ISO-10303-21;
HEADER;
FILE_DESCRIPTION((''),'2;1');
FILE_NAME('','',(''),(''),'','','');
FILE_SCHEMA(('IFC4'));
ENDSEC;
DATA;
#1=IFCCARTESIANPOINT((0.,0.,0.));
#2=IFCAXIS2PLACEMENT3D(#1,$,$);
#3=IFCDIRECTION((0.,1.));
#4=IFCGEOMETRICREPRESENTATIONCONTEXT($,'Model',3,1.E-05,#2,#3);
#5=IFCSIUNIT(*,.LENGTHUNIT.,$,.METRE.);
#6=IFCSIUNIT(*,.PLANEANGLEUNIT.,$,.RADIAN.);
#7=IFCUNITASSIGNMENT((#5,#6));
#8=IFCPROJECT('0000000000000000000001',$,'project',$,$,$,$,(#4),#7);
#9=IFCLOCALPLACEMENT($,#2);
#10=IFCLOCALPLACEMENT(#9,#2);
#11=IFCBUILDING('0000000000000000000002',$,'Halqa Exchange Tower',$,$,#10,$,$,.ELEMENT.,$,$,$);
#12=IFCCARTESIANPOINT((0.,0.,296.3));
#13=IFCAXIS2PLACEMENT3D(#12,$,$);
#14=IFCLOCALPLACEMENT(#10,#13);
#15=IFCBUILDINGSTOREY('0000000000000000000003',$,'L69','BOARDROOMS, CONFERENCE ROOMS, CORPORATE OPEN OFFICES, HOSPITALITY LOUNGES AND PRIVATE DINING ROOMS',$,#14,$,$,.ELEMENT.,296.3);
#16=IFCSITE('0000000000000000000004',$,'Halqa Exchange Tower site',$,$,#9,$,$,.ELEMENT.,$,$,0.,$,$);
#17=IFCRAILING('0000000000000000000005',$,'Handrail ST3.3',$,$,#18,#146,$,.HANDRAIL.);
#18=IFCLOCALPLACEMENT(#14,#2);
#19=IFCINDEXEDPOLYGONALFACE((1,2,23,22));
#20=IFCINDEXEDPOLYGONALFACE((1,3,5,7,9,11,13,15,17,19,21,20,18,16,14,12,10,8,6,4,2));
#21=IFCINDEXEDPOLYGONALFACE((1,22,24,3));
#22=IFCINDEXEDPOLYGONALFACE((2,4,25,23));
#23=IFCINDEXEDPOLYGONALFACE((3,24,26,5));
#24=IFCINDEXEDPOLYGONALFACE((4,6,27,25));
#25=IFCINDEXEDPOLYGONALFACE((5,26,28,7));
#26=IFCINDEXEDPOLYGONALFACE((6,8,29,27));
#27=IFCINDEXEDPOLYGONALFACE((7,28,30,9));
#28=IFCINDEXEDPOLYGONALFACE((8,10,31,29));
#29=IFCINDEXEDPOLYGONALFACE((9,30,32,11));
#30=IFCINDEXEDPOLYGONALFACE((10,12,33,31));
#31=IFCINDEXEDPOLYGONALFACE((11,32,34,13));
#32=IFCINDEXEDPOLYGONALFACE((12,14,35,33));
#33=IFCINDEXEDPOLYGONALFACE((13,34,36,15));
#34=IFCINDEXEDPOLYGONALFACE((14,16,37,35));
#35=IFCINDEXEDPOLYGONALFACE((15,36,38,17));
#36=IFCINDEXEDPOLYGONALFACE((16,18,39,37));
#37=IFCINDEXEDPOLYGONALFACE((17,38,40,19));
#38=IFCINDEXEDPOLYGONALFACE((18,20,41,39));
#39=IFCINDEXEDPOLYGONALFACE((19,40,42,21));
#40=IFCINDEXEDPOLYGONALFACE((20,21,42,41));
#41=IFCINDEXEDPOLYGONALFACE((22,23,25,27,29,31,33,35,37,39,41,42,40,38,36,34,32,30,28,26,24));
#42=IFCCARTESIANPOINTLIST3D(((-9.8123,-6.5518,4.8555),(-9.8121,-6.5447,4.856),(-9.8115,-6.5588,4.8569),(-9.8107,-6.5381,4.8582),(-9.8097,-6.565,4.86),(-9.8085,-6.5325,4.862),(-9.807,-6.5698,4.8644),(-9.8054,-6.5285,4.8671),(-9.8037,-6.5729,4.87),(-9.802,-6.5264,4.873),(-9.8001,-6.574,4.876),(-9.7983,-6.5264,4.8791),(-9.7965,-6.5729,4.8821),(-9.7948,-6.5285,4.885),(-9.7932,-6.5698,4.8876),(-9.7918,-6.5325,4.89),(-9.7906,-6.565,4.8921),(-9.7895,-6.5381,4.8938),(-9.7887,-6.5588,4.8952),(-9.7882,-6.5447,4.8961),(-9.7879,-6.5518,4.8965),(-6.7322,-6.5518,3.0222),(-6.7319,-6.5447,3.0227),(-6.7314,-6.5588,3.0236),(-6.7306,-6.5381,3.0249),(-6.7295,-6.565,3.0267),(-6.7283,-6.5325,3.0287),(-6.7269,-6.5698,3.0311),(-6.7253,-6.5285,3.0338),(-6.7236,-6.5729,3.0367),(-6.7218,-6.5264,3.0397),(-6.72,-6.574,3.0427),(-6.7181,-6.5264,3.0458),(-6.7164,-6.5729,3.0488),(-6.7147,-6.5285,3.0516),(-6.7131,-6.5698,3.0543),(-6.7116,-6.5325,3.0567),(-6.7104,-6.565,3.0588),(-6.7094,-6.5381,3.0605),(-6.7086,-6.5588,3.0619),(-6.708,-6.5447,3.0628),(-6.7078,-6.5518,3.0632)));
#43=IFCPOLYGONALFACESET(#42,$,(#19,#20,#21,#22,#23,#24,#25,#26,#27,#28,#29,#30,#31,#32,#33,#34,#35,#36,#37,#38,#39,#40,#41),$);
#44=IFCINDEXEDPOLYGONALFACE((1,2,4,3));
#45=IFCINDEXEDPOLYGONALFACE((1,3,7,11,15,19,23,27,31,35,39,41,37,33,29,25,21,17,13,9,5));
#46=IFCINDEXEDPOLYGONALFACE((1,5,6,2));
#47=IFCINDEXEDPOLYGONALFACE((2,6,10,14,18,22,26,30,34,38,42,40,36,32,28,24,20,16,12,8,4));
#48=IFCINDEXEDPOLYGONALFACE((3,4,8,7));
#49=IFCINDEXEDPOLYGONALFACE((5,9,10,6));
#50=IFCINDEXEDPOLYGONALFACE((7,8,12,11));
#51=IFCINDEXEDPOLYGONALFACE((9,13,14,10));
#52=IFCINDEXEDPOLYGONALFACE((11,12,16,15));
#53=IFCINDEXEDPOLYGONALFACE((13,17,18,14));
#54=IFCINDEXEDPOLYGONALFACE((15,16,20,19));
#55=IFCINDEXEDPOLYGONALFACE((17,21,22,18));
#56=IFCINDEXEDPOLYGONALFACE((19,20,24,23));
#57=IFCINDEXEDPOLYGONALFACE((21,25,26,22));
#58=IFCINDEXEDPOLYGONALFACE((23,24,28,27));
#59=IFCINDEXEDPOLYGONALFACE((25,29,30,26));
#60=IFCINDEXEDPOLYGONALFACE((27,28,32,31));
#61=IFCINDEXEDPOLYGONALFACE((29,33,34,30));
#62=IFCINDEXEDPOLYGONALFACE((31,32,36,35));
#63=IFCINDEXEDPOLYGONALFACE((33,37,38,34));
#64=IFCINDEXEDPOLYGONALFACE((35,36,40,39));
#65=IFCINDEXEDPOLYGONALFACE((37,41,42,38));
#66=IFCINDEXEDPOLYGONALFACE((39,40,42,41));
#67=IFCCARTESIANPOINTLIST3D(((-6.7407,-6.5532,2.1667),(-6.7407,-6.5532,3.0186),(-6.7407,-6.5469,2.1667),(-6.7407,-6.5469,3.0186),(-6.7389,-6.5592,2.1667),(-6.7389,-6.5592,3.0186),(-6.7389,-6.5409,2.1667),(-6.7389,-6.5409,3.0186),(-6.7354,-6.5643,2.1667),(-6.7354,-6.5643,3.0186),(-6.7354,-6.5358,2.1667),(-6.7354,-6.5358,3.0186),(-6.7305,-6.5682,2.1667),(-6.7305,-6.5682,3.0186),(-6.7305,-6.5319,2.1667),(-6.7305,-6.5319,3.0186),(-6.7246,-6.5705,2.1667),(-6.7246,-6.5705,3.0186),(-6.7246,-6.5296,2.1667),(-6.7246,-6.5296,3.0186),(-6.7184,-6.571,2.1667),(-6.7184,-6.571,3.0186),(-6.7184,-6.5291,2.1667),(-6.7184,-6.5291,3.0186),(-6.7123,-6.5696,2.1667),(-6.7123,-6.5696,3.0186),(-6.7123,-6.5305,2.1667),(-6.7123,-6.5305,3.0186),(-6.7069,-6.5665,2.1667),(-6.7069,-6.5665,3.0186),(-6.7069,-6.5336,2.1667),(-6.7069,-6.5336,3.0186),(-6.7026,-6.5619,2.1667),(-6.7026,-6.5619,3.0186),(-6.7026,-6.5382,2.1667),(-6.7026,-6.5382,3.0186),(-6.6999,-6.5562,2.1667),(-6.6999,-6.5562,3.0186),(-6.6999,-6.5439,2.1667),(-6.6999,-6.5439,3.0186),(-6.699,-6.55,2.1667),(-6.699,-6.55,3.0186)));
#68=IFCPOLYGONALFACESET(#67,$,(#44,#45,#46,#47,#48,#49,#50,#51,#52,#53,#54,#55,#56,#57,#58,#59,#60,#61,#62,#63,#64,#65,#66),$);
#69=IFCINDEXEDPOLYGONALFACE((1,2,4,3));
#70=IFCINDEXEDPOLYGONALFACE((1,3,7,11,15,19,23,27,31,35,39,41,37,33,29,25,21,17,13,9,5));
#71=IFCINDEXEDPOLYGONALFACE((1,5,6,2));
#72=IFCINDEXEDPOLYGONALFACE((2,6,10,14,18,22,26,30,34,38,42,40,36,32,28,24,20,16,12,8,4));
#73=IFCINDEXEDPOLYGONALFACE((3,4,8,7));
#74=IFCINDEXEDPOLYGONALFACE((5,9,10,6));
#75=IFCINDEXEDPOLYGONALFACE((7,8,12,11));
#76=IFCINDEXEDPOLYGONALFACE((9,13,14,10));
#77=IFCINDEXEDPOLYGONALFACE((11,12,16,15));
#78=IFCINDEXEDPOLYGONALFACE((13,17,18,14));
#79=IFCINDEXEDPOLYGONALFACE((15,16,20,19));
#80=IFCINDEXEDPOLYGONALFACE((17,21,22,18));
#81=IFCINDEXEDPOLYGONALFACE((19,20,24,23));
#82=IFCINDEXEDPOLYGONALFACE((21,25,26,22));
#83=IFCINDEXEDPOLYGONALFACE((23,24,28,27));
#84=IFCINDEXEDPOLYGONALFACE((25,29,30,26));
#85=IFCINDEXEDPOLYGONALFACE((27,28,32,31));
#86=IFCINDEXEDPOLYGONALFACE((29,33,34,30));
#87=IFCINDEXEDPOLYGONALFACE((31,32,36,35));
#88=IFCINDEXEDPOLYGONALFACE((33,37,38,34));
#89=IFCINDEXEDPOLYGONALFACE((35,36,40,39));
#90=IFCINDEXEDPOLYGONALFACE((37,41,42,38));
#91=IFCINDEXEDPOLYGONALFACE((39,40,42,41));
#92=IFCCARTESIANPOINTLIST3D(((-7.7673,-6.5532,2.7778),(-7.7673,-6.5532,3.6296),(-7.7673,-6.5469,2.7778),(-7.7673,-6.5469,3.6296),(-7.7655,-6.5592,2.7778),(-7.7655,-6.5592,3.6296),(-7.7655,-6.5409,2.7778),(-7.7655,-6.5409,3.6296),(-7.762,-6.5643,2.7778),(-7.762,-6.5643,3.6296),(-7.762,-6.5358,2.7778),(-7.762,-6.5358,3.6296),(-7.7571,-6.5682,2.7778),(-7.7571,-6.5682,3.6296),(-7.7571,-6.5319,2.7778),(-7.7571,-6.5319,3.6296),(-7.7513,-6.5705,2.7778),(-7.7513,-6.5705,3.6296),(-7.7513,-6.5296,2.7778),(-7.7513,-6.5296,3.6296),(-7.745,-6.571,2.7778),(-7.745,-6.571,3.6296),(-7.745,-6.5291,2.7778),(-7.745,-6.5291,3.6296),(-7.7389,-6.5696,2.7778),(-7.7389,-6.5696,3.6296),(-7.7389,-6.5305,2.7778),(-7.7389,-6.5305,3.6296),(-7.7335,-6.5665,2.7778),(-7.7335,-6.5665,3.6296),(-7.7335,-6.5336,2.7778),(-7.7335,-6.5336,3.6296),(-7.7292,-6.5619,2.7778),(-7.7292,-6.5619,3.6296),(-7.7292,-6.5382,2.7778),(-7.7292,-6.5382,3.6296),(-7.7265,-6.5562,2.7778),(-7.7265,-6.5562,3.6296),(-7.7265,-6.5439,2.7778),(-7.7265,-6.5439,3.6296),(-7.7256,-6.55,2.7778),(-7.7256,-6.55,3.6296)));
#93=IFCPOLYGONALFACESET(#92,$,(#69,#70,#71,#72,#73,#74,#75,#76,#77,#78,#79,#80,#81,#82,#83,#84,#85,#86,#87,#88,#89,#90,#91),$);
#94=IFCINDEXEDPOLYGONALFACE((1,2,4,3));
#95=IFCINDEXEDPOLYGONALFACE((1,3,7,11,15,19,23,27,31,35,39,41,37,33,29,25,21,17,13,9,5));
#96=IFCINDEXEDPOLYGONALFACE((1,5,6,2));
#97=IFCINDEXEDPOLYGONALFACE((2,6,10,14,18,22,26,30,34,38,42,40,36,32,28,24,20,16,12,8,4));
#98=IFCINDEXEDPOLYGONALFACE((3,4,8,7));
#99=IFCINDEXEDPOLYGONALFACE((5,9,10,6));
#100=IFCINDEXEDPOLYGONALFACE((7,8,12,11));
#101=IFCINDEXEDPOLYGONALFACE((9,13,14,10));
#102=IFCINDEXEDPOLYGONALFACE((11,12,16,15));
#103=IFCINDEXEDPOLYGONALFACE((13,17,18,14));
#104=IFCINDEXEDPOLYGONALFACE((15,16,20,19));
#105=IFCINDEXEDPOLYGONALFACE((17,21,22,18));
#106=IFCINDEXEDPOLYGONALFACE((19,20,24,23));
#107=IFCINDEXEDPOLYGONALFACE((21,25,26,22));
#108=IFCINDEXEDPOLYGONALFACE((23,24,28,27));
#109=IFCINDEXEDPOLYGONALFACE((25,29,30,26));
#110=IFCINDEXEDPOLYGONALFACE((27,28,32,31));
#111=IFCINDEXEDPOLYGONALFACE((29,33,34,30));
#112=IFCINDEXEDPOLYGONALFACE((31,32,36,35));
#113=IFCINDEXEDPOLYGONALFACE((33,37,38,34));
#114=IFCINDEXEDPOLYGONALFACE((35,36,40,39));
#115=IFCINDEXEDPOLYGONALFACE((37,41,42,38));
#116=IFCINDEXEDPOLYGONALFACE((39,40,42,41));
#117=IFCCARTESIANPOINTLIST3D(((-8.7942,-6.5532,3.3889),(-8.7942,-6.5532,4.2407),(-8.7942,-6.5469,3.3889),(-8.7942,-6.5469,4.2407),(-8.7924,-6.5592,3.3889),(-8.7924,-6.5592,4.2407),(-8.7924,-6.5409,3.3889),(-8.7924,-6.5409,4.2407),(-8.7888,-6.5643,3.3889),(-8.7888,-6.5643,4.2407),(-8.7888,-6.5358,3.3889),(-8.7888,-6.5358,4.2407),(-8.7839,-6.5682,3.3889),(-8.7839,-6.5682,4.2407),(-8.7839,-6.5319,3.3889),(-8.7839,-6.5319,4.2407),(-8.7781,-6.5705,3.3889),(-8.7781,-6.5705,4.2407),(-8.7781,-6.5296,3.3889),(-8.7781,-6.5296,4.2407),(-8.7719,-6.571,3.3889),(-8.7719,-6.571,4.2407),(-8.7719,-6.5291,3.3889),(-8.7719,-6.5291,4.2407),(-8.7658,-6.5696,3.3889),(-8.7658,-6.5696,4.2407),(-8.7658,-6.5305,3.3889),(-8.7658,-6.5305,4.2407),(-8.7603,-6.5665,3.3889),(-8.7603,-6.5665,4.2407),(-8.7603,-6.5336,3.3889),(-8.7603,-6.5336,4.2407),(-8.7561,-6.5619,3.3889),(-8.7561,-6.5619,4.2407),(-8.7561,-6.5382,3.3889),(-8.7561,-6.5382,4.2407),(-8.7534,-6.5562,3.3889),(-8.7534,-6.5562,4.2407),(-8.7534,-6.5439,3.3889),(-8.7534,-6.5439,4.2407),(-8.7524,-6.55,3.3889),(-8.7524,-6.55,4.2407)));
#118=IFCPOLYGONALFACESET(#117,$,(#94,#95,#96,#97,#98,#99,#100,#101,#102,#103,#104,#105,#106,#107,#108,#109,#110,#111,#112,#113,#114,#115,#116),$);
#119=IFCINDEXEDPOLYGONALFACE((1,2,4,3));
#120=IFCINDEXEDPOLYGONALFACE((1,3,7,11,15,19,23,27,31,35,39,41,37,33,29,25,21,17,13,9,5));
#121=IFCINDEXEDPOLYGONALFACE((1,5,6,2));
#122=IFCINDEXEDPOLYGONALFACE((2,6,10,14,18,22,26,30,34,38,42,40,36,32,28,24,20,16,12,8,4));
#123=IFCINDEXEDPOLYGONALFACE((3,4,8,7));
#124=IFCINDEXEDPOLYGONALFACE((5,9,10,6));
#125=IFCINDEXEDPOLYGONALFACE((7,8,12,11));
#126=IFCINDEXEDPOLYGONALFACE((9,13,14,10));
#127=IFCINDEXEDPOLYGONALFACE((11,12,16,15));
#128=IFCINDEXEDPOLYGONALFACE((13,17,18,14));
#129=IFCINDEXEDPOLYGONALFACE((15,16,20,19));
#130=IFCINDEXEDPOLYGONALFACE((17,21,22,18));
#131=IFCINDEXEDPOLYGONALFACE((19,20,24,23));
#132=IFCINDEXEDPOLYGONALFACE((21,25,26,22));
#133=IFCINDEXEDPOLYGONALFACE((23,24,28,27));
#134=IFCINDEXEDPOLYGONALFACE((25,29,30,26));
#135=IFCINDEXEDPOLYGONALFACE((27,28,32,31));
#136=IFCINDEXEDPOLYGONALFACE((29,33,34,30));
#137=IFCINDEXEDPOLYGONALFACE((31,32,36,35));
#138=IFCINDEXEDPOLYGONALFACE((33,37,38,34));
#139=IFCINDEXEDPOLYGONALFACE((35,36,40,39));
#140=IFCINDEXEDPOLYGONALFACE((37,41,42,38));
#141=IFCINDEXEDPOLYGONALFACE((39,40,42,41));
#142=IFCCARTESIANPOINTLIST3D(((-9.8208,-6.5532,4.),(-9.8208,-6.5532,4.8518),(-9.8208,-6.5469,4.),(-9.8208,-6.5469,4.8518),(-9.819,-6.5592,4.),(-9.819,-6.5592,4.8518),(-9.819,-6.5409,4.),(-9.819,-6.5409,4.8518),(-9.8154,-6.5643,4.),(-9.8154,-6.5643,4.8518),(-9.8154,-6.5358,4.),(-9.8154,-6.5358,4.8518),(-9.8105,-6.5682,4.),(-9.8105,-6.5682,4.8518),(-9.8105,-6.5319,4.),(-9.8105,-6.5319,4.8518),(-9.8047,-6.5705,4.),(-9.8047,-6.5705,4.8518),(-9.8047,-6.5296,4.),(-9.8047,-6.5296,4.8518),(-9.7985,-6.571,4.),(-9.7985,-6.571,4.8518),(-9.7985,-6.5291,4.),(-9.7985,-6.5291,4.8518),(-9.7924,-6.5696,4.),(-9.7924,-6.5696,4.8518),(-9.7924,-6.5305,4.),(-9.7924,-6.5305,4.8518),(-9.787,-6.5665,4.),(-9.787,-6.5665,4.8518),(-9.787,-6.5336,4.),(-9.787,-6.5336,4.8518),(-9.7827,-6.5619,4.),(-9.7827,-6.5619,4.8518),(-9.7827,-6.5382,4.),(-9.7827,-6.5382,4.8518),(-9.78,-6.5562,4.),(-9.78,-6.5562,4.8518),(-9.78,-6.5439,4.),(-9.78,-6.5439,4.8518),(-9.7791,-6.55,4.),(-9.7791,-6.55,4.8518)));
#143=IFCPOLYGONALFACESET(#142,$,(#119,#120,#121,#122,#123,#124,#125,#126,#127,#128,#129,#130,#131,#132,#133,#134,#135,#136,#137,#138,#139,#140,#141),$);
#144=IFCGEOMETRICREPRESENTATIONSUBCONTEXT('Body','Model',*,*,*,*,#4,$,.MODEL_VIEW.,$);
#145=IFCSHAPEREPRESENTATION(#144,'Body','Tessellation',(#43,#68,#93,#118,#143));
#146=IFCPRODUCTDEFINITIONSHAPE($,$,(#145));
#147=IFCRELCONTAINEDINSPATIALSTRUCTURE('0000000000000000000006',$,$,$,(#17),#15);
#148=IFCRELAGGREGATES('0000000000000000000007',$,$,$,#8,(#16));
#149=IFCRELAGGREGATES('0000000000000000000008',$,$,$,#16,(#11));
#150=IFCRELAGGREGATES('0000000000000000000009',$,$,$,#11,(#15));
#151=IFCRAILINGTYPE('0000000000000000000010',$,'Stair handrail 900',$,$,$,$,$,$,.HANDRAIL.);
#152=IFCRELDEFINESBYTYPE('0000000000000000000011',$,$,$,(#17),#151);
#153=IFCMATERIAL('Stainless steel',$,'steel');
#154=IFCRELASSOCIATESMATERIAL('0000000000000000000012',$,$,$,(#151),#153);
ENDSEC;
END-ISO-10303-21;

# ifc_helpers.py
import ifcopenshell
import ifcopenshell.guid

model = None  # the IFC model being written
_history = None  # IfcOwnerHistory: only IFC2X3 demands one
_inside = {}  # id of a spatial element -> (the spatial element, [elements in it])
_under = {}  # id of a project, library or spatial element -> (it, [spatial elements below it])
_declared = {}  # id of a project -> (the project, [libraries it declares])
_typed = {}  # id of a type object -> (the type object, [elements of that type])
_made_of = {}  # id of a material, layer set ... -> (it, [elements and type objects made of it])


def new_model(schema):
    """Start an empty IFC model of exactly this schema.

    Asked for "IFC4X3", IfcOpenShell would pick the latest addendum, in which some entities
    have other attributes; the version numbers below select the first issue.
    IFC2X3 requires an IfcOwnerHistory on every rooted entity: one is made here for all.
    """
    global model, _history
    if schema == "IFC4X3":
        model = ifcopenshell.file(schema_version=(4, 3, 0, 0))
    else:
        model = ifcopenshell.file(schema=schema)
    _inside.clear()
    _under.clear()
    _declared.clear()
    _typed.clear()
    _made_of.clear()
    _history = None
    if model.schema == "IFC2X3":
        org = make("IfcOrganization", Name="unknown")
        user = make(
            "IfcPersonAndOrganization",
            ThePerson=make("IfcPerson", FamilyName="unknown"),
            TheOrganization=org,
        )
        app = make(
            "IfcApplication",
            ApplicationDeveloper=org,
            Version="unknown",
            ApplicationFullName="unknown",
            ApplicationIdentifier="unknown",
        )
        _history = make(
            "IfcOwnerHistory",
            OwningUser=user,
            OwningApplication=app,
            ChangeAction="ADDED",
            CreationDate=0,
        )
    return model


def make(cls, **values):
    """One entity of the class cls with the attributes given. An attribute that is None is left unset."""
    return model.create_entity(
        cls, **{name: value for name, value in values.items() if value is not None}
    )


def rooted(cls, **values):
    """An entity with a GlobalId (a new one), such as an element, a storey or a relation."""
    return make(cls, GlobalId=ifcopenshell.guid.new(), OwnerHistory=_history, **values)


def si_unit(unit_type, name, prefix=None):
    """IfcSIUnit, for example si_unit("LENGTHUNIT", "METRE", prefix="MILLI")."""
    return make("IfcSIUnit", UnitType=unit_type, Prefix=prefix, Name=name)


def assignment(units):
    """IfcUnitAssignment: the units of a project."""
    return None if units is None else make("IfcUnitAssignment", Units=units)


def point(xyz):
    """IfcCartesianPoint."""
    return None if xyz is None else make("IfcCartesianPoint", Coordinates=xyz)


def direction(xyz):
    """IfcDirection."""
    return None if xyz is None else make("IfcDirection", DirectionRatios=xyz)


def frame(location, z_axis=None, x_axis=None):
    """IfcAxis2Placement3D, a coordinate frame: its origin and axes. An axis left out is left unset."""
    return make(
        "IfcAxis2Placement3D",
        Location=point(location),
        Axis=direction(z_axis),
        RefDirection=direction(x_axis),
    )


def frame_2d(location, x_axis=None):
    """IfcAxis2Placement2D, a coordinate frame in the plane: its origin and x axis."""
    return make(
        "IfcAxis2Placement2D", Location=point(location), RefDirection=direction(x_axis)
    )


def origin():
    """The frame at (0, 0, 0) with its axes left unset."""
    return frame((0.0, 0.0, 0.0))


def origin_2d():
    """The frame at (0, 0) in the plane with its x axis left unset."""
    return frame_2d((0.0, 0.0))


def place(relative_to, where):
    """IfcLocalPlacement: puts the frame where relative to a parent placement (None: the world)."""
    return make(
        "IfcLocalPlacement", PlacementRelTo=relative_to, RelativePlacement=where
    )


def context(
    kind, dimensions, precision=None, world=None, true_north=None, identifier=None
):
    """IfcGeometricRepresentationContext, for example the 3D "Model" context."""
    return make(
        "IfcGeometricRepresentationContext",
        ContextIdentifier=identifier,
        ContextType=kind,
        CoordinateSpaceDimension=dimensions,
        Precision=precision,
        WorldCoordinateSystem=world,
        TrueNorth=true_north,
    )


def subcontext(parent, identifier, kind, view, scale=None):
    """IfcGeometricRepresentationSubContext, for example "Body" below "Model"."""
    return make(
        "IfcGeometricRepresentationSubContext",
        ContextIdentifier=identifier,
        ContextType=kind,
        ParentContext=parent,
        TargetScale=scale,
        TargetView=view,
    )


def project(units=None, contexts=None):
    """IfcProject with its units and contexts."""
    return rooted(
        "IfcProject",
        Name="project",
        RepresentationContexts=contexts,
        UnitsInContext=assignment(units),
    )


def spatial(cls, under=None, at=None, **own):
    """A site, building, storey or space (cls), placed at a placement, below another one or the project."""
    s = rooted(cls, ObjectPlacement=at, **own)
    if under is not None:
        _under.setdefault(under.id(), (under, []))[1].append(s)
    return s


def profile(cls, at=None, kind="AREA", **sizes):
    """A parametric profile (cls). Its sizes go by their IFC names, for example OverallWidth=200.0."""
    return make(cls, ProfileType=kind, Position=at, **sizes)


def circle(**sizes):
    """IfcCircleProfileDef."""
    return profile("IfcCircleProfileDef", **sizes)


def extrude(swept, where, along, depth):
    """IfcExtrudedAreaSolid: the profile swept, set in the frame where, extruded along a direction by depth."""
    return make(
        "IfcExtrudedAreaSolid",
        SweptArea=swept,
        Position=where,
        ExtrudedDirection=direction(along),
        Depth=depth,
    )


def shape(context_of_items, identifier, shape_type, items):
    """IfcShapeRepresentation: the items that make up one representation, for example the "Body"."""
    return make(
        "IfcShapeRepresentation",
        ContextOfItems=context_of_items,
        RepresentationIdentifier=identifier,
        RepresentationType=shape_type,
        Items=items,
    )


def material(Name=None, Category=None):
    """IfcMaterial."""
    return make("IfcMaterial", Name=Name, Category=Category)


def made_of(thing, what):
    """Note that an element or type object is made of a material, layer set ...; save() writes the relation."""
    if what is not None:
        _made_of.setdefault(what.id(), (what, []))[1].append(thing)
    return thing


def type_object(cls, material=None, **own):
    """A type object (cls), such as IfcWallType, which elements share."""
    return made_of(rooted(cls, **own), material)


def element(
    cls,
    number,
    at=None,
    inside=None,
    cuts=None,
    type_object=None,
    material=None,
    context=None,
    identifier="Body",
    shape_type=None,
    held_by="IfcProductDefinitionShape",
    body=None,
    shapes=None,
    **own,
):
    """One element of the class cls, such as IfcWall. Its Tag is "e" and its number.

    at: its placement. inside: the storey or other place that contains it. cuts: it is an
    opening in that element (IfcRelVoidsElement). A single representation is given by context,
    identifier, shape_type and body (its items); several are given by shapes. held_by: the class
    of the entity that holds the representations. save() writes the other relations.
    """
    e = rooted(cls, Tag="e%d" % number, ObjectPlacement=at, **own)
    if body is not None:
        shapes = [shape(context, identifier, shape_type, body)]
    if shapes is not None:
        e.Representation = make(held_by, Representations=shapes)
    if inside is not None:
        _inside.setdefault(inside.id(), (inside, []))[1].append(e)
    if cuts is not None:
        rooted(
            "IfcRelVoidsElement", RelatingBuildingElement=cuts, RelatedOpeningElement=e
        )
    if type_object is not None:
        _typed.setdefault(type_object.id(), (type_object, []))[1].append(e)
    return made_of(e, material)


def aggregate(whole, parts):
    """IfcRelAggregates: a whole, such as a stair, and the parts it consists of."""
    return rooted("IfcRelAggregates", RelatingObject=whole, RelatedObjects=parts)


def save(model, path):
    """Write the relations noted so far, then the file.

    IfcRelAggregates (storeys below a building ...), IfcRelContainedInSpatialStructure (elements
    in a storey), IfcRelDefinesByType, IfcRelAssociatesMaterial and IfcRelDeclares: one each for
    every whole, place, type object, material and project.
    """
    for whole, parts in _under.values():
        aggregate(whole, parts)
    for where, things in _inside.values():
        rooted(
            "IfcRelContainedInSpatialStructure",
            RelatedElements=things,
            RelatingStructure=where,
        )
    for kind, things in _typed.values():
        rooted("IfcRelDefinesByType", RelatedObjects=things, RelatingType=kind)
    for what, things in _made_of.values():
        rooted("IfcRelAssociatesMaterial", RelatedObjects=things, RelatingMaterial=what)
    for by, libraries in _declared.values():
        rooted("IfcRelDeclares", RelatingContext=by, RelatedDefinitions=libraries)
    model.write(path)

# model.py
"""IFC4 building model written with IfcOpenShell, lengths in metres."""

from ifc_helpers import new_model, si_unit, direction, frame, origin, origin_2d, place, context, subcontext, project, spatial, circle, extrude, material, type_object, element, save


model = new_model("IFC4")

# Units and contexts
model_context = context("Model", 3, precision=1e-05, world=origin(), true_north=direction((0.0, 1.0)))
body_context = subcontext(model_context, "Body", "Model", "MODEL_VIEW")
ifc_project = project(units=[si_unit("LENGTHUNIT", "METRE"), si_unit("PLANEANGLEUNIT", "RADIAN")], contexts=[model_context])

# Site, building, storey
site_placement = place(None, origin())
site = spatial("IfcSite", under=ifc_project, at=site_placement, Name="Halqa Exchange Tower site", CompositionType="ELEMENT", RefElevation=0.0)
building_placement = place(site_placement, origin())
building = spatial("IfcBuilding", under=site, at=building_placement, Name="Halqa Exchange Tower", CompositionType="ELEMENT")
storey_placement = place(building_placement, frame((0.0, 0.0, 296.3)))
storey = spatial("IfcBuildingStorey", under=building, at=storey_placement, Name="L69", Description="BOARDROOMS, CONFERENCE ROOMS, CORPORATE OPEN OFFICES, HOSPITALITY LOUNGES AND PRIVATE DINING ROOMS", CompositionType="ELEMENT", Elevation=296.3)

# Shared definitions
ifc_material_1 = material(Name="Stainless steel", Category="steel")

# Railing
railing_type_1 = type_object("IfcRailingType", Name="Stair handrail 900", PredefinedType="HANDRAIL", material=ifc_material_1)
railing_1_placement = place(storey_placement, frame((-6.72, -6.55, 2.1667)))
element("IfcRailing", 1, at=railing_1_placement, inside=storey, type_object=railing_type_1, Name="Handrail ST3.3", PredefinedType="HANDRAIL", context=body_context, shape_type="SweptSolid", body=[
    extrude(circle(Radius=0.0239, at=origin_2d()), frame((0.0, 0.0, 0.876), z_axis=(-0.859309, 0.0, 0.511458), x_axis=(0.0, -1.0, 0.0)), (0.0, 0.0, 1.0), 3.5845),
    extrude(circle(Radius=0.021, at=origin_2d()), origin(), (0.0, 0.0, 1.0), 0.8518),
    extrude(circle(Radius=0.021, at=origin_2d()), frame((-1.0266, 0.0, 0.6111)), (0.0, 0.0, 1.0), 0.8518),
    extrude(circle(Radius=0.021, at=origin_2d()), frame((-2.0535, 0.0, 1.2222)), (0.0, 0.0, 1.0), 0.8518),
    extrude(circle(Radius=0.021, at=origin_2d()), frame((-3.0801, 0.0, 1.8333)), (0.0, 0.0, 1.0), 0.8518),
])

save(model, "model.ifc")
